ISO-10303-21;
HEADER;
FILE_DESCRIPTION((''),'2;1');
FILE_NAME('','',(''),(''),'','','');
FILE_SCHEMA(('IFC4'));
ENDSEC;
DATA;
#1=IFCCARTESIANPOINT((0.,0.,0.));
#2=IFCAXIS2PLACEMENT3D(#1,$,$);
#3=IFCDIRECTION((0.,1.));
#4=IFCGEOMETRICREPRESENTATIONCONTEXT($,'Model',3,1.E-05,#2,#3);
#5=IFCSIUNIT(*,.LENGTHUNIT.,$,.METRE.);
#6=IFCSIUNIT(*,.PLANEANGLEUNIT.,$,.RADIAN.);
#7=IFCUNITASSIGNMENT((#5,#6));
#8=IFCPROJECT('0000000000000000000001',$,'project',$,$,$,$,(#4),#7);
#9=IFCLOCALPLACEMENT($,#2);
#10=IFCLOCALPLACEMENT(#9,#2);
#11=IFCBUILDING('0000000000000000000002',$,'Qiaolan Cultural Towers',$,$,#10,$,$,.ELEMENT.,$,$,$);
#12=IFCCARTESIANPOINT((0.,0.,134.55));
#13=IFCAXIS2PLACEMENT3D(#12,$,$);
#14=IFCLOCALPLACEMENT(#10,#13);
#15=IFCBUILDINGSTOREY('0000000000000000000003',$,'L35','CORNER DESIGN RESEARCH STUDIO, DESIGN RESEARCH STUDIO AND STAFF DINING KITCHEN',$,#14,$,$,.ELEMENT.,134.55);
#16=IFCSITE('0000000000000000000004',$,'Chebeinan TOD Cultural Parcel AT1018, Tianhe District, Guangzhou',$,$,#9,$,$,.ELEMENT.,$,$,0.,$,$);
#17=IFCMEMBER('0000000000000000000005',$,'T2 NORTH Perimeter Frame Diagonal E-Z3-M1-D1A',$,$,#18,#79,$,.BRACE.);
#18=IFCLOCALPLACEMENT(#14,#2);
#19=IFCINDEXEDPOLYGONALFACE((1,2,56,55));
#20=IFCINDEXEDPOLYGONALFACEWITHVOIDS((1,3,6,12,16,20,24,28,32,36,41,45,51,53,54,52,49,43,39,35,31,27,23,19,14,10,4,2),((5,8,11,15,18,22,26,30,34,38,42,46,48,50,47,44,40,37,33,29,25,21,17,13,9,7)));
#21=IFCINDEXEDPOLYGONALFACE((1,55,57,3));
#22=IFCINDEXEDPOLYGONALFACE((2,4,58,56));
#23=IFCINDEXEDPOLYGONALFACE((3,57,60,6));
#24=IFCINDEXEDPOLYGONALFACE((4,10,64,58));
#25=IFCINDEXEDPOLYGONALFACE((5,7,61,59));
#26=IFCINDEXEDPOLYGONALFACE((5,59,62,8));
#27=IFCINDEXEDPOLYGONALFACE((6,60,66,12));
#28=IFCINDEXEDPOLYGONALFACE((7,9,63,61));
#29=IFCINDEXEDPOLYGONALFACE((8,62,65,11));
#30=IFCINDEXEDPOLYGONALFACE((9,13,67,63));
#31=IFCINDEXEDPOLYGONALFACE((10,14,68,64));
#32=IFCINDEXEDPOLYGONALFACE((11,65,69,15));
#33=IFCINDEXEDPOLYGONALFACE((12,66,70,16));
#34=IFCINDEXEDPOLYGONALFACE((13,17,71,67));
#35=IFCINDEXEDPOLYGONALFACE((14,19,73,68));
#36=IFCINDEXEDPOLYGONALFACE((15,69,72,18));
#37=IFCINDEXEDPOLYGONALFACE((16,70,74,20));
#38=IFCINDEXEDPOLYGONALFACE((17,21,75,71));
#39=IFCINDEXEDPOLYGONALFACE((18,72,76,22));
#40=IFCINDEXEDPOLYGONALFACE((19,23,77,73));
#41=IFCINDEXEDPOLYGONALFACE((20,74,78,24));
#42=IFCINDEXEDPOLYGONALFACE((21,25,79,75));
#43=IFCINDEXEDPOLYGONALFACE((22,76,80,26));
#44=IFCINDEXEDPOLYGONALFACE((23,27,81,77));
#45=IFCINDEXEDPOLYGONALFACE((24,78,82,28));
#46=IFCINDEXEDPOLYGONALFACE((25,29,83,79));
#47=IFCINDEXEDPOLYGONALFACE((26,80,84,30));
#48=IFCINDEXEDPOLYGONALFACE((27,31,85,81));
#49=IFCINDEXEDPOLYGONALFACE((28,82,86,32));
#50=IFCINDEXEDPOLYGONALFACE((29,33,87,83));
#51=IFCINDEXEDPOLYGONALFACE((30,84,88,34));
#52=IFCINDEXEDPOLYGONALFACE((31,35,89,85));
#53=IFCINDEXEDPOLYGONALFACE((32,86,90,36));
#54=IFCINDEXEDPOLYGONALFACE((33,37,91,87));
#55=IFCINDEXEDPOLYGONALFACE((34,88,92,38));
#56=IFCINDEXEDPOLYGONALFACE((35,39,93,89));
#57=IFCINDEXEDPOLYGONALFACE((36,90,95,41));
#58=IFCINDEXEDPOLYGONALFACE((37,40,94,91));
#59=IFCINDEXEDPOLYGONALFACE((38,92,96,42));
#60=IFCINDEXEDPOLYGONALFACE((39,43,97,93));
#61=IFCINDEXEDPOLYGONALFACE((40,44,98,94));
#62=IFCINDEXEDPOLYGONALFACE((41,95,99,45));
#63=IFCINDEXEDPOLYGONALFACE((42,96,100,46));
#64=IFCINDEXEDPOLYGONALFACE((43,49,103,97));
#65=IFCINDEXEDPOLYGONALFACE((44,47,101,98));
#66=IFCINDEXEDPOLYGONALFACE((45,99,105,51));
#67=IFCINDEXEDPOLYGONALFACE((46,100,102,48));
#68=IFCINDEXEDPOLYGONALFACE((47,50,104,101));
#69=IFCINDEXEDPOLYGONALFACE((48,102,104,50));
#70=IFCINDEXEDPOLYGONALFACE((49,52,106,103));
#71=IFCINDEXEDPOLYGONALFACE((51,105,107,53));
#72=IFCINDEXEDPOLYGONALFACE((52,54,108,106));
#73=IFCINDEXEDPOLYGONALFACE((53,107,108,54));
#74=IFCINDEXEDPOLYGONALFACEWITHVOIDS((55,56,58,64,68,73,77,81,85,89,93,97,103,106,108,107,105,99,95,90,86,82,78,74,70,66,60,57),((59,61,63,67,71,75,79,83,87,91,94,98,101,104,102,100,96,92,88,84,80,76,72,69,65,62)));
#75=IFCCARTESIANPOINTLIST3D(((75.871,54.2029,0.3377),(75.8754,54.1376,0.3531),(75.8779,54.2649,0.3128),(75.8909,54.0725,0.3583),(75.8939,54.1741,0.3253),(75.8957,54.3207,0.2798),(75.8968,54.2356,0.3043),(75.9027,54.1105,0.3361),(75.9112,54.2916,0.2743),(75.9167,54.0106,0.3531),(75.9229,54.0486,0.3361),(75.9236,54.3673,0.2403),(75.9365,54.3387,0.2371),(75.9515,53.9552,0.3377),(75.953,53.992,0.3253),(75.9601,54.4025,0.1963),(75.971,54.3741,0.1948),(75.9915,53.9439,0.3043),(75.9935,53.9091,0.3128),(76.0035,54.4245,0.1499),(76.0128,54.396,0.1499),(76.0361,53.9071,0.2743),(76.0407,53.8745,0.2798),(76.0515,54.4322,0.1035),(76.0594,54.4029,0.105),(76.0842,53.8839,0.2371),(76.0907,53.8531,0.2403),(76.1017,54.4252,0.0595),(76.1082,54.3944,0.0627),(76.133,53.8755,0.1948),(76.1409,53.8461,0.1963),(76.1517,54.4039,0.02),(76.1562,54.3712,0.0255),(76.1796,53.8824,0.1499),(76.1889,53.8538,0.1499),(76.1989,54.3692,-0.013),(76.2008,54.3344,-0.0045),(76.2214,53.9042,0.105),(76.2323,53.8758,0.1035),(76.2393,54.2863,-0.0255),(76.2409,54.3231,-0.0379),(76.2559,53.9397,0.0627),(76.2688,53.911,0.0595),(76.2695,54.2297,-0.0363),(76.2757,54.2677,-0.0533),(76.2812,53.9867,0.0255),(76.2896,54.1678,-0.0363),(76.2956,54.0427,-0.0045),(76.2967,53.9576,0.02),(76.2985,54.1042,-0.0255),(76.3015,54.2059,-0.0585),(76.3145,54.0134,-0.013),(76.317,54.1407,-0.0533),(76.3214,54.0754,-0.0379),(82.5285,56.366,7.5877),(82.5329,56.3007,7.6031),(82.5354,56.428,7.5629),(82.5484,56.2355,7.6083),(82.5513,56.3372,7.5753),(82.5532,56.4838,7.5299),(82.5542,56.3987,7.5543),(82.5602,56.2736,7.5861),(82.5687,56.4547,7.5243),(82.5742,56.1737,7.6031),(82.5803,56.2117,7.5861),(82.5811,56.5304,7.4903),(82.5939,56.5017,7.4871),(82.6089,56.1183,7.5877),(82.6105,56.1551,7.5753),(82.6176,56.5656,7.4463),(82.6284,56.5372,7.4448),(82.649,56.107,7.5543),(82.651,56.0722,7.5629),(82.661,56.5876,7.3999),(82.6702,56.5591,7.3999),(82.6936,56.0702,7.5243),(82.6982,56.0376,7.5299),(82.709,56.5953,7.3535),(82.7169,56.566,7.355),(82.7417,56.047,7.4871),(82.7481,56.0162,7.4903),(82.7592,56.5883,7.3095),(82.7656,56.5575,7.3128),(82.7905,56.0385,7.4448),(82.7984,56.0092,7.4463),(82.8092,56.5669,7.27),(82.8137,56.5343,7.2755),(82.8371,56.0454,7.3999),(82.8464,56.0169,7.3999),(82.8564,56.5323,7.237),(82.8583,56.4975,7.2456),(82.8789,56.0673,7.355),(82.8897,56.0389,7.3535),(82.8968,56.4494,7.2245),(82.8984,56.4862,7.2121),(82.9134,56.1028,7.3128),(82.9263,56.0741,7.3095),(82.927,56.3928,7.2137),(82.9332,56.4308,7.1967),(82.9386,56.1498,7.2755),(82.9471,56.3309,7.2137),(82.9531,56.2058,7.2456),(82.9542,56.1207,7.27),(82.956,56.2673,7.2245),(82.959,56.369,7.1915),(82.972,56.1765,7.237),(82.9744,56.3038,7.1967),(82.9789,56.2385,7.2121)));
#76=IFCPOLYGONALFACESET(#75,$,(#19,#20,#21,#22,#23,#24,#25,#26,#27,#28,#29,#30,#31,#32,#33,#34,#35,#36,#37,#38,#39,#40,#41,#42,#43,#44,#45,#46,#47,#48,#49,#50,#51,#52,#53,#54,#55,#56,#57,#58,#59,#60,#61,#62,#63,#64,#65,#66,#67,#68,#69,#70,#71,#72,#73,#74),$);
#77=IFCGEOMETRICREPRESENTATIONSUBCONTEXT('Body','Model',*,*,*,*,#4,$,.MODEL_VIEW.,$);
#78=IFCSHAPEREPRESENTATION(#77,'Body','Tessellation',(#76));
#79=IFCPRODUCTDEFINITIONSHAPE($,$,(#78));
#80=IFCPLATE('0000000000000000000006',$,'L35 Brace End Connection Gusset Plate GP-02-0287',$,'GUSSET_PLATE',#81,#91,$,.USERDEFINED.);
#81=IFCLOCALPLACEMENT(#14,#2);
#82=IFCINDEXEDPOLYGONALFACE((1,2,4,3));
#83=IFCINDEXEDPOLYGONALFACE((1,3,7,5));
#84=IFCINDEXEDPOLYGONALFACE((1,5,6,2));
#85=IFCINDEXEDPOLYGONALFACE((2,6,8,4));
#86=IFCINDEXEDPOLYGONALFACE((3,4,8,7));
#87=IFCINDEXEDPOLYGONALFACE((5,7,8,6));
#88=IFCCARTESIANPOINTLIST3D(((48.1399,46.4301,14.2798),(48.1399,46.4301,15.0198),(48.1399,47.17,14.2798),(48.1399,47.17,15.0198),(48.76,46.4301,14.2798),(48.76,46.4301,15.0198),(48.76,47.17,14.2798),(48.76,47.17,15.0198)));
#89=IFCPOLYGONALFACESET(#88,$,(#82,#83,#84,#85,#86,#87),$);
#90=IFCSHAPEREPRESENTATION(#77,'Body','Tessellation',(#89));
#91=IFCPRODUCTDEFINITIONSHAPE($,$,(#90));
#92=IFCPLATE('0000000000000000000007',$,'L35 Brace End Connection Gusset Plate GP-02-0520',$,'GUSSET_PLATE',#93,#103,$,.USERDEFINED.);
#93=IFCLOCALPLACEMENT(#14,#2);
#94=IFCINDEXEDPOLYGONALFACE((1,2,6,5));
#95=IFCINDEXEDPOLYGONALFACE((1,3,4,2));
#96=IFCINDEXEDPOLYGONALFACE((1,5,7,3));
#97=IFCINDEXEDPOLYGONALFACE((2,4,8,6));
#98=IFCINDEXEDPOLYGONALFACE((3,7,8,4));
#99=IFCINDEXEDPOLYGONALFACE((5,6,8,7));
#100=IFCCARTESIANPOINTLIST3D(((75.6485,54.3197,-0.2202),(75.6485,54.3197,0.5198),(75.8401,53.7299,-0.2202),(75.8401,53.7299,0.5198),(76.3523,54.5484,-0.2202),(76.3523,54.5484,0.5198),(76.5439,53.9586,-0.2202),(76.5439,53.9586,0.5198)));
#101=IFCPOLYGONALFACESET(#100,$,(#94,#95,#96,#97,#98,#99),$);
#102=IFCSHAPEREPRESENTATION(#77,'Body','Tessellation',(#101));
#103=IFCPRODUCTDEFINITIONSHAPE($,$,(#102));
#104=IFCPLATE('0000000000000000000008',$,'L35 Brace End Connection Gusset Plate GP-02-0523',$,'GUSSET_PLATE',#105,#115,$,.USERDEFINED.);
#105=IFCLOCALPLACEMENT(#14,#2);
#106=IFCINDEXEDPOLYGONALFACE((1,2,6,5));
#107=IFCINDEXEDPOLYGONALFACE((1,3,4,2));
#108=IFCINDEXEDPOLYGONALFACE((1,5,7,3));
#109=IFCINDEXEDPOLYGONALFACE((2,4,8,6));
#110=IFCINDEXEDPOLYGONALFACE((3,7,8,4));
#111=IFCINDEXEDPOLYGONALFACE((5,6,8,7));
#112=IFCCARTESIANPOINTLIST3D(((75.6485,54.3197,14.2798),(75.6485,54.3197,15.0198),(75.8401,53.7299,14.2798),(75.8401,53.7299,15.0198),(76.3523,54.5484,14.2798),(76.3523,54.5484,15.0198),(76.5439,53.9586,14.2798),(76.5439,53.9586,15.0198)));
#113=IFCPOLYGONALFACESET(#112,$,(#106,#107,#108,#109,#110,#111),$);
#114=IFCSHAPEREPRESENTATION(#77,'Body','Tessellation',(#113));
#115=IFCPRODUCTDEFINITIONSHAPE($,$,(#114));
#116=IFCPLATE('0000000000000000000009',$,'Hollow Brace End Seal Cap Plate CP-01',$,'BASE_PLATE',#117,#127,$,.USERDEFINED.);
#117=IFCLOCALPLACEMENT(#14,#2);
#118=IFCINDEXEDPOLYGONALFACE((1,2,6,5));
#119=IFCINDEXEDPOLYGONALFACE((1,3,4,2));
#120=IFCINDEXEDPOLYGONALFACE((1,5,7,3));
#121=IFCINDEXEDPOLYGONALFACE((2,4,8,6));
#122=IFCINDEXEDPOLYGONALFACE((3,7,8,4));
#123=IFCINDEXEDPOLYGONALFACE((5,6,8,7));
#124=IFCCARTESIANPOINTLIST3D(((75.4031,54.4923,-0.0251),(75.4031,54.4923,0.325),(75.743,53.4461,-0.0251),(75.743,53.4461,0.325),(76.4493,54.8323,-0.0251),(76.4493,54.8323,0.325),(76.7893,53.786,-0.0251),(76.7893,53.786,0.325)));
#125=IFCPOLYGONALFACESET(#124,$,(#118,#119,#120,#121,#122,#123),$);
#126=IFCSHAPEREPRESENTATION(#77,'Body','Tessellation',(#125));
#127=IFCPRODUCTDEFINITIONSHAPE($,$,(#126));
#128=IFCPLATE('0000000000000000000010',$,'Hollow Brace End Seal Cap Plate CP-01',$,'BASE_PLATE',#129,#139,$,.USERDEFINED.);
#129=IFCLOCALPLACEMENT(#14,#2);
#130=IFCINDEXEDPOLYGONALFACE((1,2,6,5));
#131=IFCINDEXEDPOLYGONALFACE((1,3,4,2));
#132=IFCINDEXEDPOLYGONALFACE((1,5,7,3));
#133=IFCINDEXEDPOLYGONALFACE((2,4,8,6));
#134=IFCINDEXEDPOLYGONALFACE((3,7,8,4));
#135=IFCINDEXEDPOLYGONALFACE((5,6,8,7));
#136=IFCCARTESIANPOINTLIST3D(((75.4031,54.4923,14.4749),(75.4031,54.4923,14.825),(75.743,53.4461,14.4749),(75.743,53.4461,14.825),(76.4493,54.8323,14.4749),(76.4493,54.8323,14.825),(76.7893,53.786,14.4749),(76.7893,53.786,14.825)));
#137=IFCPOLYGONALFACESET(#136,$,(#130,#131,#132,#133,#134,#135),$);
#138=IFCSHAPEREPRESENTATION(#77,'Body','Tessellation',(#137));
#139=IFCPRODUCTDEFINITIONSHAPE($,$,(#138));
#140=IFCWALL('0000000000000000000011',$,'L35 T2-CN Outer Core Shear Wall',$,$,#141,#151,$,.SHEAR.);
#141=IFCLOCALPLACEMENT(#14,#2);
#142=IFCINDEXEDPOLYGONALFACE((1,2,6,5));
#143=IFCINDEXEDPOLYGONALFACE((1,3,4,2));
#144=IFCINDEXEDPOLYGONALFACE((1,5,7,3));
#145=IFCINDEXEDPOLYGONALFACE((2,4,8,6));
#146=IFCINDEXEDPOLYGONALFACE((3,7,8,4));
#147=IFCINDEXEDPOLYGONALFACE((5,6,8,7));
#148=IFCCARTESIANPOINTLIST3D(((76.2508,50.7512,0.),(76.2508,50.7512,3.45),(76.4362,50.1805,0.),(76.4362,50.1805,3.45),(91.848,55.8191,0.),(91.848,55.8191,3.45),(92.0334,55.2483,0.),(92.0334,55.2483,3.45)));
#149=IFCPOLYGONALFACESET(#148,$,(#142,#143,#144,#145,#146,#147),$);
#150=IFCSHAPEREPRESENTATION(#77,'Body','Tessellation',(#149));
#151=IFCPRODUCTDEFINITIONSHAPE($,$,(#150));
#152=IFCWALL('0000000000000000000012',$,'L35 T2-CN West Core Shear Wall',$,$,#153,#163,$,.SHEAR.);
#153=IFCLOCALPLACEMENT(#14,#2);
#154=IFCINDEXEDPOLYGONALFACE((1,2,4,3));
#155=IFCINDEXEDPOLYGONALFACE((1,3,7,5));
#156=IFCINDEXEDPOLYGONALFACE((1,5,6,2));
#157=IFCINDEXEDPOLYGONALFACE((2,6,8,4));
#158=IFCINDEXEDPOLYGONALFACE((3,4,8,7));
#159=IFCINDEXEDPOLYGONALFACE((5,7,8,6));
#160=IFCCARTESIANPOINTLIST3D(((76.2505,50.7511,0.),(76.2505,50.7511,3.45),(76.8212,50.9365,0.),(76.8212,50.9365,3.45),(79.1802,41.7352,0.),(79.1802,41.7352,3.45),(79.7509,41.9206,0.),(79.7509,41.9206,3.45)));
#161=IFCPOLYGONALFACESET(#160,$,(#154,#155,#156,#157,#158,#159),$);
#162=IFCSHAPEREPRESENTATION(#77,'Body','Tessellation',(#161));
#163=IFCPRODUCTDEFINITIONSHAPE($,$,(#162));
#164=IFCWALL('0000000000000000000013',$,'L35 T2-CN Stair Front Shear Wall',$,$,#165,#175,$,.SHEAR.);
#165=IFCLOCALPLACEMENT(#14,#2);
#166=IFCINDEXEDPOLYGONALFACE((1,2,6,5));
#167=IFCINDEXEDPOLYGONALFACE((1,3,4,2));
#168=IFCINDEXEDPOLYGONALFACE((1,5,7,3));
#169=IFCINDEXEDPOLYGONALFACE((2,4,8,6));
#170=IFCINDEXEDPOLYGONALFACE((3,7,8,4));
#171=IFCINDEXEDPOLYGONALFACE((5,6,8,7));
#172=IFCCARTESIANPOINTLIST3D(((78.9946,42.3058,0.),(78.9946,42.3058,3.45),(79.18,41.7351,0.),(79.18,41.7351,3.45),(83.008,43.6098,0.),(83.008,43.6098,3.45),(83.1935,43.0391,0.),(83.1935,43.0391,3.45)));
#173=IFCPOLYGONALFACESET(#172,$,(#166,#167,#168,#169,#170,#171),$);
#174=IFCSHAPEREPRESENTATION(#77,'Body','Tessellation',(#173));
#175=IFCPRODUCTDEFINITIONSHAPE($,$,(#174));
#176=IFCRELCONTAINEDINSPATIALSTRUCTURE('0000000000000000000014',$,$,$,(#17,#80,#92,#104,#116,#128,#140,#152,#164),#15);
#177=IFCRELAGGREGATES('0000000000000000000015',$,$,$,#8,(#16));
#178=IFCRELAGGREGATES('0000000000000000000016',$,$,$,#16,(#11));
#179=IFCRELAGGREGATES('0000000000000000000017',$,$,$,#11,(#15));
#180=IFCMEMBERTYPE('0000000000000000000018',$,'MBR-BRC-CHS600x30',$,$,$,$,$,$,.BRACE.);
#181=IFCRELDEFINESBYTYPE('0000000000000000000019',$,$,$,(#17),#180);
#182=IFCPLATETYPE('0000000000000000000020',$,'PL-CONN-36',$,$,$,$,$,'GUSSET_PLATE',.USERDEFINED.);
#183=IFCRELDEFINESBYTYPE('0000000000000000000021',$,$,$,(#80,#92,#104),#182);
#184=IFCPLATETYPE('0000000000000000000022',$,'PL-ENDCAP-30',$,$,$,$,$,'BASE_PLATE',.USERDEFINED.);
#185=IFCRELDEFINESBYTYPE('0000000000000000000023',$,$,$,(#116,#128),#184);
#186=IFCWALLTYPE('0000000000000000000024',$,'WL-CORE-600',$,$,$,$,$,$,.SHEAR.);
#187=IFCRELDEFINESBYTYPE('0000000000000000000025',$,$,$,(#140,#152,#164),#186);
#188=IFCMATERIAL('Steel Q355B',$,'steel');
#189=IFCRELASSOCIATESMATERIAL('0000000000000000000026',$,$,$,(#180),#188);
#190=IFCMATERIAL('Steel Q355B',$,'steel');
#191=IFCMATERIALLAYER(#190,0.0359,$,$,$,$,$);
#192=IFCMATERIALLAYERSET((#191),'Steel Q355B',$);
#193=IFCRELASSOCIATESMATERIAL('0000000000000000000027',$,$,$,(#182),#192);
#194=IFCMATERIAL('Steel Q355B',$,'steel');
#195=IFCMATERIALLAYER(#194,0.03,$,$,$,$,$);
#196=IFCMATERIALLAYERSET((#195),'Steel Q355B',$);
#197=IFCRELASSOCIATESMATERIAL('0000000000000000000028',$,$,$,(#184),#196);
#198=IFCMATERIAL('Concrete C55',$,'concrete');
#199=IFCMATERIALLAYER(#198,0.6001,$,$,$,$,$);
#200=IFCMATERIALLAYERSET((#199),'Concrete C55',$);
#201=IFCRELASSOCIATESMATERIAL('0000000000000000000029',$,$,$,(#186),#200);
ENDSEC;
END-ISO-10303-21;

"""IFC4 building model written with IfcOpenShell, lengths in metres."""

from ifc_helpers import new_model, si_unit, direction, frame, frame_2d, origin, origin_2d, place, context, subcontext, project, spatial, rectangle, hollow_circle, extrude, material, layer, layer_set, material_profile, profile_set, type_object, element, save


model = new_model("IFC4")

# Units and contexts
model_context = context("Model", 3, precision=1e-05, world=origin(), true_north=direction((0.0, 1.0)))
body_context = subcontext(model_context, "Body", "Model", "MODEL_VIEW")
ifc_project = project(units=[si_unit("LENGTHUNIT", "METRE"), si_unit("PLANEANGLEUNIT", "RADIAN")], contexts=[model_context])

# Site, building, storey
site_placement = place(None, origin())
site = spatial("IfcSite", under=ifc_project, at=site_placement, Name="Chebeinan TOD Cultural Parcel AT1018, Tianhe District, Guangzhou", CompositionType="ELEMENT", RefElevation=0.0)
building_placement = place(site_placement, origin())
building = spatial("IfcBuilding", under=site, at=building_placement, Name="Qiaolan Cultural Towers", CompositionType="ELEMENT")
storey_placement = place(building_placement, frame((0.0, 0.0, 134.55)))
storey = spatial("IfcBuildingStorey", under=building, at=storey_placement, Name="L35", Description="CORNER DESIGN RESEARCH STUDIO, DESIGN RESEARCH STUDIO AND STAFF DINING KITCHEN", CompositionType="ELEMENT", Elevation=134.55)

# Member
ifc_material_1 = material(Name="Steel Q355B", Category="steel")
ifc_material_profile_1 = material_profile(ifc_material_1, hollow_circle(Radius=0.3, WallThickness=0.03, at=origin_2d()), Name="CHS600x30")
ifc_profile_set_1 = profile_set([ifc_material_profile_1], Name="Steel Q355B")
member_type = type_object("IfcMemberType", Name="MBR-BRC-CHS600x30", PredefinedType="BRACE", material=ifc_profile_set_1)
member_placement = place(storey_placement, frame((76.0962, 54.1392, 0.1499), z_axis=(0.660603, 0.214637, 0.719398), x_axis=(-0.30901, 0.951059, 0.0)))
element("IfcMember", 1, at=member_placement, inside=storey, type_object=member_type, Name="T2 NORTH Perimeter Frame Diagonal E-Z3-M1-D1A", PredefinedType="BRACE", context=body_context, shape_type="SweptSolid", body=[
    extrude(hollow_circle(Radius=0.3, WallThickness=0.03, at=origin_2d()), origin(), (0.0, 0.0, 1.0), 10.0779),
])

# Plates
ifc_material_2 = material(Name="Steel Q355B", Category="steel")
ifc_layer_1 = layer(ifc_material_2, 0.0359)
ifc_layer_set_1 = layer_set([ifc_layer_1], Name="Steel Q355B")
plate_type_1 = type_object("IfcPlateType", Name="PL-CONN-36", ElementType="GUSSET_PLATE", PredefinedType="USERDEFINED", material=ifc_layer_set_1)
for number, where, z_axis, x_axis, name in (
    (2, (48.45, 46.8, 14.2798), (0.0, 0.0, 1.0), (0.0, 1.0, 0.0), "L35 Brace End Connection Gusset Plate GP-02-0287"),
    (3, (76.0962, 54.1392, -0.2202), (0.0, 0.0, 1.0), (0.951057, 0.309017, 0.0), "L35 Brace End Connection Gusset Plate GP-02-0520"),
    (4, (76.0962, 54.1392, 14.2798), (0.0, 0.0, 1.0), (0.951057, 0.309017, 0.0), "L35 Brace End Connection Gusset Plate GP-02-0523"),
):
    element("IfcPlate", number, at=place(storey_placement, frame(where, z_axis=z_axis, x_axis=x_axis)), inside=storey, type_object=plate_type_1, Name=name, ObjectType="GUSSET_PLATE", PredefinedType="USERDEFINED", context=body_context, shape_type="SweptSolid", body=[
        extrude(rectangle(XDim=0.74, YDim=0.6201, at=origin_2d()), origin(), (0.0, 0.0, 1.0), 0.74),
    ])
ifc_material_3 = material(Name="Steel Q355B", Category="steel")
ifc_layer_2 = layer(ifc_material_3, 0.03)
ifc_layer_set_2 = layer_set([ifc_layer_2], Name="Steel Q355B")
plate_type_2 = type_object("IfcPlateType", Name="PL-ENDCAP-30", ElementType="BASE_PLATE", PredefinedType="USERDEFINED", material=ifc_layer_set_2)
for number, where, z_axis, x_axis, name in (
    (5, (76.0962, 54.1392, -0.0251), (0.0, 0.0, 1.0), (0.951057, 0.309017, 0.0), "Hollow Brace End Seal Cap Plate CP-01"),
    (6, (76.0962, 54.1392, 14.4749), (0.0, 0.0, 1.0), (0.951057, 0.309017, 0.0), "Hollow Brace End Seal Cap Plate CP-01"),
):
    element("IfcPlate", number, at=place(storey_placement, frame(where, z_axis=z_axis, x_axis=x_axis)), inside=storey, type_object=plate_type_2, Name=name, ObjectType="BASE_PLATE", PredefinedType="USERDEFINED", context=body_context, shape_type="SweptSolid", body=[
        extrude(rectangle(XDim=1.1001, YDim=1.1001, at=origin_2d()), origin(), (0.0, 0.0, 1.0), 0.3501),
    ])

# Walls
ifc_material_4 = material(Name="Concrete C55", Category="concrete")
ifc_layer_3 = layer(ifc_material_4, 0.6001)
ifc_layer_set_3 = layer_set([ifc_layer_3], Name="Concrete C55")
wall_type_1 = type_object("IfcWallType", Name="WL-CORE-600", PredefinedType="SHEAR", material=ifc_layer_set_3)
wall_1_placement = place(storey_placement, frame((76.3435, 50.4658, 0.0), z_axis=(0.0, 0.0, 1.0), x_axis=(0.951056, 0.309019, 0.0)))
element("IfcWall", 7, at=wall_1_placement, inside=storey, type_object=wall_type_1, Name="L35 T2-CN Outer Core Shear Wall", PredefinedType="SHEAR", context=body_context, shape_type="SweptSolid", body=[
    extrude(rectangle(XDim=16.3999, YDim=0.6001, at=frame_2d((8.2, 0.0))), origin(), (0.0, 0.0, 1.0), 3.45),
])
wall_2_placement = place(storey_placement, frame((79.4656, 41.8279, 0.0), z_axis=(0.0, 0.0, 1.0), x_axis=(-0.309041, 0.951049, 0.0)))
element("IfcWall", 8, at=wall_2_placement, inside=storey, type_object=wall_type_1, Name="L35 T2-CN West Core Shear Wall", PredefinedType="SHEAR", context=body_context, shape_type="SweptSolid", body=[
    extrude(rectangle(XDim=9.48, YDim=0.6001, at=frame_2d((4.74, 0.0))), origin(), (0.0, 0.0, 1.0), 3.45),
])
wall_3_placement = place(storey_placement, frame((79.0874, 42.0205, 0.0), z_axis=(0.0, 0.0, 1.0), x_axis=(0.951063, 0.308998, 0.0)))
element("IfcWall", 9, at=wall_3_placement, inside=storey, type_object=wall_type_1, Name="L35 T2-CN Stair Front Shear Wall", PredefinedType="SHEAR", context=body_context, shape_type="SweptSolid", body=[
    extrude(rectangle(XDim=4.22, YDim=0.6001, at=frame_2d((2.1099, 0.0))), origin(), (0.0, 0.0, 1.0), 3.45),
])

save(model, "model.ifc")
